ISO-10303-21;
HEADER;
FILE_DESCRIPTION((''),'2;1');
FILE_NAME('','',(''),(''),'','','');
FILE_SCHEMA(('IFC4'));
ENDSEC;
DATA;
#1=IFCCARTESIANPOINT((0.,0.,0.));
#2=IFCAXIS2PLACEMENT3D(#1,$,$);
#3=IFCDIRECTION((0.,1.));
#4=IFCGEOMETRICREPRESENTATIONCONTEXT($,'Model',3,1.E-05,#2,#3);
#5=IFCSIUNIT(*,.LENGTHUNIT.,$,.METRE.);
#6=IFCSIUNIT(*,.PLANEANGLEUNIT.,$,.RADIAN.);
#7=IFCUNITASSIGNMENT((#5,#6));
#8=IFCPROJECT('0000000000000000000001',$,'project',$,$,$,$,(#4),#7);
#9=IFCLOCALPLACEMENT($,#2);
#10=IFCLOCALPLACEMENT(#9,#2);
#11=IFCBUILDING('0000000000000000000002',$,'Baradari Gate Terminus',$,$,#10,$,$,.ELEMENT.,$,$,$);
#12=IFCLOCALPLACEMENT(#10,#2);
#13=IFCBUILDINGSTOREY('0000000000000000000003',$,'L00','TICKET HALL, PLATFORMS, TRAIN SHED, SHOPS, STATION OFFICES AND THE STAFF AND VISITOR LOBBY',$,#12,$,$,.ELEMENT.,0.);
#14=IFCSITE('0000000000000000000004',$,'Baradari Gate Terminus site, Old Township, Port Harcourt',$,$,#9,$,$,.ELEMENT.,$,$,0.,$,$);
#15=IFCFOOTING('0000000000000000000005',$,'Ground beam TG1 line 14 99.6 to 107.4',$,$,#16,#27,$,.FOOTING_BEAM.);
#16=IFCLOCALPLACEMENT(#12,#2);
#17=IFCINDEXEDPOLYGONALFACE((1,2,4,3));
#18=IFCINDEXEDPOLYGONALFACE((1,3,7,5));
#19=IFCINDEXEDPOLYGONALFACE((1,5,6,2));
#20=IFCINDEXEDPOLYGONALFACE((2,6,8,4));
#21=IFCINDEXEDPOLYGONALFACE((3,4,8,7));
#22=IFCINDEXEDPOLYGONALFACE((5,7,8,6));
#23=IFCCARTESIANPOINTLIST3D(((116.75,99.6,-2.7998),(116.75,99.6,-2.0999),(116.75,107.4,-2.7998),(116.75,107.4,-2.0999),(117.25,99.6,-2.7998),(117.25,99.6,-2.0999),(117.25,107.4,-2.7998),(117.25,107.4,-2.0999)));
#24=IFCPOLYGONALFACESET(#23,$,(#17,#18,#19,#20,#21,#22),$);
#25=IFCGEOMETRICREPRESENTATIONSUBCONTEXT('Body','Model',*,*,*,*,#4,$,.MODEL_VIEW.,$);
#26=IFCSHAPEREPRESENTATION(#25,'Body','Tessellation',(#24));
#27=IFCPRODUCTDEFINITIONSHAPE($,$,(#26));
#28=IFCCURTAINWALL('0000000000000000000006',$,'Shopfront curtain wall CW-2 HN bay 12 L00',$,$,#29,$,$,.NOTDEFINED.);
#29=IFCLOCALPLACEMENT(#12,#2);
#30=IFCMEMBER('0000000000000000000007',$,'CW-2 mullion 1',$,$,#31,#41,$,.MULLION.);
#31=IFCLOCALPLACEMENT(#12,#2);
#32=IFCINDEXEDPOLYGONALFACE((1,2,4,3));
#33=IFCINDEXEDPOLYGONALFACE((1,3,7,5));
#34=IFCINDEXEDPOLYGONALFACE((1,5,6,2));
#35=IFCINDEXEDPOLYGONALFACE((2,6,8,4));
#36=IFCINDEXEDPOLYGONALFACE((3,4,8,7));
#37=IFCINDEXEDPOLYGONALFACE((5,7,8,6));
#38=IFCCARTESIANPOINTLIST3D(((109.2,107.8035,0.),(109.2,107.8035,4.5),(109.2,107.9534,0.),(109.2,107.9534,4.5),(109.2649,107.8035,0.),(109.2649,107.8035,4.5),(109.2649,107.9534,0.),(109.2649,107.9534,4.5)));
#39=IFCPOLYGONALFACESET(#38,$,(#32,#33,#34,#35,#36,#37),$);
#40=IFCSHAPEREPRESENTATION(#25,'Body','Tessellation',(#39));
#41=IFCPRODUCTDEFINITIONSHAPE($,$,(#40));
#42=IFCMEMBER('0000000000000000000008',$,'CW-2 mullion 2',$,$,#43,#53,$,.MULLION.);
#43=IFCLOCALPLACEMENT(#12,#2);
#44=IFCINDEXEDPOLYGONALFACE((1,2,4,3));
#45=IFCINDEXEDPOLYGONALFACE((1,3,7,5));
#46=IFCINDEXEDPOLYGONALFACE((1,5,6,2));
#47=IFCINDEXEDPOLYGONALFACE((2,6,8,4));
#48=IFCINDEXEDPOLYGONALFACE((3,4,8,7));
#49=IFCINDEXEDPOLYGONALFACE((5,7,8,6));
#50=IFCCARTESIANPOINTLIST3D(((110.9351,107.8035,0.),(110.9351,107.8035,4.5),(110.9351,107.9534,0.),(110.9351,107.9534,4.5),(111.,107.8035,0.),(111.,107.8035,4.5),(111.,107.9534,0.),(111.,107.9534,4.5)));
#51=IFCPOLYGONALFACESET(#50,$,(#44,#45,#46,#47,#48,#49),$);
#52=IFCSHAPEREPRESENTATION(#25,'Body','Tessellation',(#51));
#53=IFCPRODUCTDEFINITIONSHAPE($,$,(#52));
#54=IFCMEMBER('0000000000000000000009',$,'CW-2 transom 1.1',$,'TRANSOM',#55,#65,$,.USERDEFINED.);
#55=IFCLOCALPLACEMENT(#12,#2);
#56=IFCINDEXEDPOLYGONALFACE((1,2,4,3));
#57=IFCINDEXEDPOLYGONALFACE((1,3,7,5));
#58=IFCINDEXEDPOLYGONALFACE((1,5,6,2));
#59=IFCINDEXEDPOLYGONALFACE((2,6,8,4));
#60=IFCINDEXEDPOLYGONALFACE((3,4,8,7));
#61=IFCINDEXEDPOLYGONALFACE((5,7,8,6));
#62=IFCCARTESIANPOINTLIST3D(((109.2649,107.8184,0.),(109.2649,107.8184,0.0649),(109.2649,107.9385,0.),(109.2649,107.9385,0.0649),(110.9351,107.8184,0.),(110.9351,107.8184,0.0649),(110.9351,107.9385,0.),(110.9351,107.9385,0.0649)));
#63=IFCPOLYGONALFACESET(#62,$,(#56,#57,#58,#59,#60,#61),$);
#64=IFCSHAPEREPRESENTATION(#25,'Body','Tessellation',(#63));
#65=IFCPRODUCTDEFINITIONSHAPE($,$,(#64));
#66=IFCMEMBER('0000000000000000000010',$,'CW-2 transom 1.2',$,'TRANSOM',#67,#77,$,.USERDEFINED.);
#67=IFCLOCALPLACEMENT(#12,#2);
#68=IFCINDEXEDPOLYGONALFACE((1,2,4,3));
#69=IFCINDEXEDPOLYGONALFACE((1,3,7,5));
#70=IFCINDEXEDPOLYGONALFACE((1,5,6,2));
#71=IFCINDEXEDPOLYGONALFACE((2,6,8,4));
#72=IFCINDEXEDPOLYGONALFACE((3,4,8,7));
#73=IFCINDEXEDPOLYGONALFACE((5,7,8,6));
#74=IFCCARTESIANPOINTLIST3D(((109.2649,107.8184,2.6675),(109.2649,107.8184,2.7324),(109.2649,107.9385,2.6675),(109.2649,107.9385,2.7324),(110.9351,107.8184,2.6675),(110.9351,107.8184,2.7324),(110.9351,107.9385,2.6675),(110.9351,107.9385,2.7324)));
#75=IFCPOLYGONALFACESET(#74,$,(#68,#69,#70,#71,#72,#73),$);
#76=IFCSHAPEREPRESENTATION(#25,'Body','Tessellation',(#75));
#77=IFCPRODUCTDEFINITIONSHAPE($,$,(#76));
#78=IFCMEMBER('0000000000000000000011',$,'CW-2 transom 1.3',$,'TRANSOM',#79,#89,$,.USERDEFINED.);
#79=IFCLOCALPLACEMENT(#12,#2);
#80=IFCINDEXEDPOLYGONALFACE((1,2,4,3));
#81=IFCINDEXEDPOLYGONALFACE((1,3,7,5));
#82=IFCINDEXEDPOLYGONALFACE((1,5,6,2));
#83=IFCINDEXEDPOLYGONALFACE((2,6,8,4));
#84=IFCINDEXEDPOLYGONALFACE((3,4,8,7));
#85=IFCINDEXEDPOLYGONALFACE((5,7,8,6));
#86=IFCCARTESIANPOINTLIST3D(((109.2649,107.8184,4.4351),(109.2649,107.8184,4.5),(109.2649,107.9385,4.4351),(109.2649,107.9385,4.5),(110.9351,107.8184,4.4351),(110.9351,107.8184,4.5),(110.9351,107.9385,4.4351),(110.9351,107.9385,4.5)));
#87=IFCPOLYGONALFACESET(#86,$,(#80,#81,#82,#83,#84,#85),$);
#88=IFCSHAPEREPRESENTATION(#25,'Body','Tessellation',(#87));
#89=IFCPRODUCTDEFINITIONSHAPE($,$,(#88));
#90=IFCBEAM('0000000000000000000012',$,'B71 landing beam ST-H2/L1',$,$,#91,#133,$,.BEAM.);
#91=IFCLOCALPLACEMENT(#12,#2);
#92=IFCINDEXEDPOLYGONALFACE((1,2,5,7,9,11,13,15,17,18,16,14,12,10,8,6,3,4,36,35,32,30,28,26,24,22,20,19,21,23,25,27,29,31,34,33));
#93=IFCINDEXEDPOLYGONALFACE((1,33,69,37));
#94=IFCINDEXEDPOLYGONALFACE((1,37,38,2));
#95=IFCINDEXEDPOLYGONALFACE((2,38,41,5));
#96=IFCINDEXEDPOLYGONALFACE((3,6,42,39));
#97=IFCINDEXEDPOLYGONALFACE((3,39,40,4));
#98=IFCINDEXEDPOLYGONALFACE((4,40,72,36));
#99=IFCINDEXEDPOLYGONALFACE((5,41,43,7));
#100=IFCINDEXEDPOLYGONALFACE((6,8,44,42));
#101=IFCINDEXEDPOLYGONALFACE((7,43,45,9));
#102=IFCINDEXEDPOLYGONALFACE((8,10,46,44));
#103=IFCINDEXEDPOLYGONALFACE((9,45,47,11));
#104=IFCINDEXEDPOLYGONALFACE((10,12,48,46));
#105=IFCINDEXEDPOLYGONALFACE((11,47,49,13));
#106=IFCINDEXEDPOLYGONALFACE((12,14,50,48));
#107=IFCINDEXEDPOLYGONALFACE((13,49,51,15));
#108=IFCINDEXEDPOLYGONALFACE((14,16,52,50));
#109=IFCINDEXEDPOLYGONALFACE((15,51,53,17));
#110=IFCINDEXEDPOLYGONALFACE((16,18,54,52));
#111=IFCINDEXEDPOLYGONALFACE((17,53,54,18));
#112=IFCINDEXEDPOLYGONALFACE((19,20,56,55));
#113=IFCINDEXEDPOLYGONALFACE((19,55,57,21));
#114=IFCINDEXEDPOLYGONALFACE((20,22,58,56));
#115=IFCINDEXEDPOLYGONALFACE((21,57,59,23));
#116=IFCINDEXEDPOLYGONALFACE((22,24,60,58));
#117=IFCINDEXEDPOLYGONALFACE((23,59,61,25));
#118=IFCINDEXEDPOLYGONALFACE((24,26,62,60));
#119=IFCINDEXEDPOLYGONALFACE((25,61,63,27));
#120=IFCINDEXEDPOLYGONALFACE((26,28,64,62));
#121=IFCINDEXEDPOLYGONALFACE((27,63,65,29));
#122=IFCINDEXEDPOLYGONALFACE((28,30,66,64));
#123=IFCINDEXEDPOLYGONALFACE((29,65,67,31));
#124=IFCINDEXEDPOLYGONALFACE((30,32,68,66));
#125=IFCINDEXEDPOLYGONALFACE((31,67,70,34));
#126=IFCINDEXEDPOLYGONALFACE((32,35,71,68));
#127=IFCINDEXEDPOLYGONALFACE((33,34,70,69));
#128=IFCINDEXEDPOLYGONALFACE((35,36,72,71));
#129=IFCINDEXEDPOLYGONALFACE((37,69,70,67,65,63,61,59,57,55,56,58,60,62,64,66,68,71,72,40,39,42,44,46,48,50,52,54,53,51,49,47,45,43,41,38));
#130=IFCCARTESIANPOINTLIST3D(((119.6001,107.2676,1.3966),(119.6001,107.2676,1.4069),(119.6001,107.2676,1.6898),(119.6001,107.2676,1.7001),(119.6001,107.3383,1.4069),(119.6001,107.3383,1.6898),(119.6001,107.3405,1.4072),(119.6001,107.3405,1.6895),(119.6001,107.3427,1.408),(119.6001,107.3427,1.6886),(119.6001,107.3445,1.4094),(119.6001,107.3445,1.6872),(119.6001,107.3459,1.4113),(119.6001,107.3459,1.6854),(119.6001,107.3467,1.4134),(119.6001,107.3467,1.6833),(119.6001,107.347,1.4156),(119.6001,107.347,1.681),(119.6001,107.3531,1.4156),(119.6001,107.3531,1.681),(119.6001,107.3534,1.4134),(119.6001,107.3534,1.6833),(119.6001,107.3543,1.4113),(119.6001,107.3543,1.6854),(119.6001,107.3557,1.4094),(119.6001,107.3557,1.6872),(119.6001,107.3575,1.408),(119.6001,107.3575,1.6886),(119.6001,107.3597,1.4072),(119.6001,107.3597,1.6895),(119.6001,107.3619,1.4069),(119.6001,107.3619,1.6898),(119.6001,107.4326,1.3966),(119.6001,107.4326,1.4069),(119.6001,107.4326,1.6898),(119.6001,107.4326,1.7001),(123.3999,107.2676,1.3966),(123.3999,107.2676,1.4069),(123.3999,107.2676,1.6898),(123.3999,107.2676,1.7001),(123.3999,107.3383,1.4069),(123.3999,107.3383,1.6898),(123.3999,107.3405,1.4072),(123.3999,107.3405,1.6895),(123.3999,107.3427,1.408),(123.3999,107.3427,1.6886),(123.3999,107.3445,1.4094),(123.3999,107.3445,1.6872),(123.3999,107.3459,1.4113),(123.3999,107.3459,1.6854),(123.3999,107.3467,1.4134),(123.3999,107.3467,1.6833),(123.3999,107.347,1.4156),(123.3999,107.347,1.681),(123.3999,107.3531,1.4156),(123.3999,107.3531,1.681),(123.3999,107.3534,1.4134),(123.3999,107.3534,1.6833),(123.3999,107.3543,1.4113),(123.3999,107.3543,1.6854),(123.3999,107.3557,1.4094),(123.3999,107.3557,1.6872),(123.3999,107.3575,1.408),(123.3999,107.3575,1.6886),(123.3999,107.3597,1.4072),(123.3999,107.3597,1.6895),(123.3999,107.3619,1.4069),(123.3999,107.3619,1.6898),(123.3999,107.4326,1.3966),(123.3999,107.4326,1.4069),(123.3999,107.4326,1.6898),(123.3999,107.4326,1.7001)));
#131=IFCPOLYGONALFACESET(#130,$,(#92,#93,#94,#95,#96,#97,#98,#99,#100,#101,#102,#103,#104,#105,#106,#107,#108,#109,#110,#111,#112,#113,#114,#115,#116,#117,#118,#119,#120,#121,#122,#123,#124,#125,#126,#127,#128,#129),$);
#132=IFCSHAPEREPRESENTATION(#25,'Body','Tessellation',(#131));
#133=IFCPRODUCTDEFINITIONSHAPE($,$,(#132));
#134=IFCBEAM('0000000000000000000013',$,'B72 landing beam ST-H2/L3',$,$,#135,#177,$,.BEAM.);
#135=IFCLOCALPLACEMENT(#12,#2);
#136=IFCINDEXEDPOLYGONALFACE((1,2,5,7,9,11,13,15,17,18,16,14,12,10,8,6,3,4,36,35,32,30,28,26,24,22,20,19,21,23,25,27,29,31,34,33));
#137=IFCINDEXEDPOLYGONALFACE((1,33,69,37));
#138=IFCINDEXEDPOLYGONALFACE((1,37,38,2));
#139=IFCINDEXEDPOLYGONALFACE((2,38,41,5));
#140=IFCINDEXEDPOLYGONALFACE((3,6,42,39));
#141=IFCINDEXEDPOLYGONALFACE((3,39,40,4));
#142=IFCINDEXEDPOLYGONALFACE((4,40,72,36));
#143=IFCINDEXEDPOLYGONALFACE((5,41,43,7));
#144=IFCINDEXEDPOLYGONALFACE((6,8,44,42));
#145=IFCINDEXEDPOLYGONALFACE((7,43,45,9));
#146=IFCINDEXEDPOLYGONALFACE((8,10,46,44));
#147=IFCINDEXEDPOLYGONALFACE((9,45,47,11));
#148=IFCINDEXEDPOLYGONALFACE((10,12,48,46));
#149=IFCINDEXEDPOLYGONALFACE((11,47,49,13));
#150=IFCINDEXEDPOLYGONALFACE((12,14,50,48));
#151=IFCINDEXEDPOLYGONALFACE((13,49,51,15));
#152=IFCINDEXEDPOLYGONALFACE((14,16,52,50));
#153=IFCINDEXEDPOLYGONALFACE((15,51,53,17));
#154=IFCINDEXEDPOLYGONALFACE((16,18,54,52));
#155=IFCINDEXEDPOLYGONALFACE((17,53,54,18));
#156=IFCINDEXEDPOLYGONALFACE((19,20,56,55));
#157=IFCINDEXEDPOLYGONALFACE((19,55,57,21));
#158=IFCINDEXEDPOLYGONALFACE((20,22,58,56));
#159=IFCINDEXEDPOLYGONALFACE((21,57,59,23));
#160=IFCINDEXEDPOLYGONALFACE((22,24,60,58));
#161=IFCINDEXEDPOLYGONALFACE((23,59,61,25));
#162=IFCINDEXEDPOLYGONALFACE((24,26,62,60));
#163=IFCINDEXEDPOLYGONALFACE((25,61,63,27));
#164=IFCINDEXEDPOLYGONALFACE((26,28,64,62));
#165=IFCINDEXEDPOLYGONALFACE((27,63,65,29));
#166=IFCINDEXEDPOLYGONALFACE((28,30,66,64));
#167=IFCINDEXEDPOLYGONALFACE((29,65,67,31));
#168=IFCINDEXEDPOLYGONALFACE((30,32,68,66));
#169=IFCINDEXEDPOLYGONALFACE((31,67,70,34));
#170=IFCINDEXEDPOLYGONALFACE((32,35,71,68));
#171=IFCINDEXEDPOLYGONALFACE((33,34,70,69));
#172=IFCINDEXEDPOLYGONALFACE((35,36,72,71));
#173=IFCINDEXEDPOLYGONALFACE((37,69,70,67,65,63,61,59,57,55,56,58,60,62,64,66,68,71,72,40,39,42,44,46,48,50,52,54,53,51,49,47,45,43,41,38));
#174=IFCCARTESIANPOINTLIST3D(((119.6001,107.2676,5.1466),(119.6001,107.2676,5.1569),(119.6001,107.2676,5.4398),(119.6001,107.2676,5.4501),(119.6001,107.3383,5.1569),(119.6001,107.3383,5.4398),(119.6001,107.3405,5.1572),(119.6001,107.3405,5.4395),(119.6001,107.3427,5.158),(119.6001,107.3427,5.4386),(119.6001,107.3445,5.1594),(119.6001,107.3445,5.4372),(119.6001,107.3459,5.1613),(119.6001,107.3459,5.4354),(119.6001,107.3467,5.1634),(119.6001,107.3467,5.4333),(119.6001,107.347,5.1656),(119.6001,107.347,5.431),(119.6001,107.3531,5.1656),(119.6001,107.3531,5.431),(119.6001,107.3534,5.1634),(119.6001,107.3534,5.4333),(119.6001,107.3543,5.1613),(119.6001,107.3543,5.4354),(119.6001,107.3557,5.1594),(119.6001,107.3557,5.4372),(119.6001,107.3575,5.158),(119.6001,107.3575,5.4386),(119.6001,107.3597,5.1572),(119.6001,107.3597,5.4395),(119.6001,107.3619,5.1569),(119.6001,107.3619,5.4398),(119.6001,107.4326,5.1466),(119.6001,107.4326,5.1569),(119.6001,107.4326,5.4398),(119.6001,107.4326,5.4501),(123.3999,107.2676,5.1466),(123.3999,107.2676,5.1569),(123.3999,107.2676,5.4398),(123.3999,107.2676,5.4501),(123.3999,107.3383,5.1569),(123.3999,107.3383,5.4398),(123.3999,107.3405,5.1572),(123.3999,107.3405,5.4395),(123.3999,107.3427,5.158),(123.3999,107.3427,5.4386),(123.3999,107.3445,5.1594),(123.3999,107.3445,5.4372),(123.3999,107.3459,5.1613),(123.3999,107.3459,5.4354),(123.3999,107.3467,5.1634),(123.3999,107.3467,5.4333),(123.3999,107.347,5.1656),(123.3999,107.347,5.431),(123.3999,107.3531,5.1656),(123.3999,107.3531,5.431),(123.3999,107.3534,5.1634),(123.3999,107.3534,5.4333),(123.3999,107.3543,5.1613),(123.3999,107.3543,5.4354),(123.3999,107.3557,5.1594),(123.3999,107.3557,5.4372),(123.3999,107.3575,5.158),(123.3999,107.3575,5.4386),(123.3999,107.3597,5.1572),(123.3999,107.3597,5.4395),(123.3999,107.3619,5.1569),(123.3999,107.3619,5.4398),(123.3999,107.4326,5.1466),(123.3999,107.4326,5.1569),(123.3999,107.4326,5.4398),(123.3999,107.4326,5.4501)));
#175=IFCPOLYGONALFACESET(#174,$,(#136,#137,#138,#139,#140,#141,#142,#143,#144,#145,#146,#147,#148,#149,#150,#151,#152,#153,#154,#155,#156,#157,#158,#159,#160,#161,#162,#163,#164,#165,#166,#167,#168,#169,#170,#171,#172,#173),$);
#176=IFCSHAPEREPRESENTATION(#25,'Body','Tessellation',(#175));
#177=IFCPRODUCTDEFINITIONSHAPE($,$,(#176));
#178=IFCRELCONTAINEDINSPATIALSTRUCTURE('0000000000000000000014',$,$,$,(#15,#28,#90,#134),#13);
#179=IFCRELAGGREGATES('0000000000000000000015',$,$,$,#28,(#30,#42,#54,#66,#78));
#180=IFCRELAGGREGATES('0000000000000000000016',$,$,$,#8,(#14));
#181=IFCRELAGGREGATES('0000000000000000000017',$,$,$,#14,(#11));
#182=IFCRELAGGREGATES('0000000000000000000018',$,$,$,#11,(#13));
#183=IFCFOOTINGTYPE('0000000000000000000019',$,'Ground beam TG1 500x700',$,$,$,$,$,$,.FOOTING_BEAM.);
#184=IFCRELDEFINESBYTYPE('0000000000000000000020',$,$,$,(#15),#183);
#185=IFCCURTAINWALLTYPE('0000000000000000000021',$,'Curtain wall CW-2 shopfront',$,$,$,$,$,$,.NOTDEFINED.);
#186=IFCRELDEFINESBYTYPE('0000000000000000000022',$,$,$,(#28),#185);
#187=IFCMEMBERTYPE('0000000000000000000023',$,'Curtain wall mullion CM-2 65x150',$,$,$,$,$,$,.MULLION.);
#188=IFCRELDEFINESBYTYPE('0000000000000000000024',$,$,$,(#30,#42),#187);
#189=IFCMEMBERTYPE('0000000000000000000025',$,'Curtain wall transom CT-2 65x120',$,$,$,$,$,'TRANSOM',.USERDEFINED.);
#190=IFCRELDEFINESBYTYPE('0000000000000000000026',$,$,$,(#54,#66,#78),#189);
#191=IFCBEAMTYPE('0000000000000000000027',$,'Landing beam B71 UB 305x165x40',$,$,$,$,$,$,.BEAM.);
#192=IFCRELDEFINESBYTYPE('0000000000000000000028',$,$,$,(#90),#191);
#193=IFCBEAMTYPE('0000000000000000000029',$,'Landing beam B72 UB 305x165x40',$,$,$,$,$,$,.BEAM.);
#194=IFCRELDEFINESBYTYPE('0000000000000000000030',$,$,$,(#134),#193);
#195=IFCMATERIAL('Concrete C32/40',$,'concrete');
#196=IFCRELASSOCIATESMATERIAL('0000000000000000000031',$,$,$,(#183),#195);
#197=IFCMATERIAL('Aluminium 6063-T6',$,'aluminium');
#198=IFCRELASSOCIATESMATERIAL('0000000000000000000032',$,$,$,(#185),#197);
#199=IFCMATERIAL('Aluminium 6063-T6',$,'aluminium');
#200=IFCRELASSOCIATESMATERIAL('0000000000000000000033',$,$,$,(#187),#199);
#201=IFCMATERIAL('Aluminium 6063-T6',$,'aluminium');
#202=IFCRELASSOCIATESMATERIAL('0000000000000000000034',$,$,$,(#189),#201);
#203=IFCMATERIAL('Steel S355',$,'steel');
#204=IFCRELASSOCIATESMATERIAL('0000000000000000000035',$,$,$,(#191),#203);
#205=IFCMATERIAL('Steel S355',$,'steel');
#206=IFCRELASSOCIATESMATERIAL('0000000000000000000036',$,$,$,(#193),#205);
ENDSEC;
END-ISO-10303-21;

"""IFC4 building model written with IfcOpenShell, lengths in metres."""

from ifc_helpers import new_model, si_unit, direction, frame, origin, origin_2d, place, context, subcontext, project, spatial, rectangle, i_section, extrude, material, material_profile, profile_set, type_object, element, aggregate, save


model = new_model("IFC4")

# Units and contexts
model_context = context("Model", 3, precision=1e-05, world=origin(), true_north=direction((0.0, 1.0)))
body_context = subcontext(model_context, "Body", "Model", "MODEL_VIEW")
ifc_project = project(units=[si_unit("LENGTHUNIT", "METRE"), si_unit("PLANEANGLEUNIT", "RADIAN")], contexts=[model_context])

# Site, building, storey
site_placement = place(None, origin())
site = spatial("IfcSite", under=ifc_project, at=site_placement, Name="Baradari Gate Terminus site, Old Township, Port Harcourt", CompositionType="ELEMENT", RefElevation=0.0)
building_placement = place(site_placement, origin())
building = spatial("IfcBuilding", under=site, at=building_placement, Name="Baradari Gate Terminus", CompositionType="ELEMENT")
storey_placement = place(building_placement, origin())
storey = spatial("IfcBuildingStorey", under=building, at=storey_placement, Name="L00", Description="TICKET HALL, PLATFORMS, TRAIN SHED, SHOPS, STATION OFFICES AND THE STAFF AND VISITOR LOBBY", CompositionType="ELEMENT", Elevation=0.0)

# Footing
ifc_material_1 = material(Name="Concrete C32/40", Category="concrete")
footing_type = type_object("IfcFootingType", Name="Ground beam TG1 500x700", PredefinedType="FOOTING_BEAM", material=ifc_material_1)
footing_placement = place(storey_placement, frame((117.0, 103.5, -2.7998), z_axis=(0.0, 0.0, 1.0), x_axis=(1.0, 0.0, 0.0)))
element("IfcFooting", 1, at=footing_placement, inside=storey, type_object=footing_type, Name="Ground beam TG1 line 14 99.6 to 107.4", PredefinedType="FOOTING_BEAM", context=body_context, shape_type="SweptSolid", body=[
    extrude(rectangle(XDim=0.5, YDim=7.8, at=origin_2d()), origin(), (0.0, 0.0, 1.0), 0.7),
])

# Curtain wall, members
ifc_material_2 = material(Name="Aluminium 6063-T6", Category="aluminium")
curtain_wall_type = type_object("IfcCurtainWallType", Name="Curtain wall CW-2 shopfront", PredefinedType="NOTDEFINED", material=ifc_material_2)
curtain_wall_placement = place(storey_placement, origin())
curtain_wall = element("IfcCurtainWall", 2, at=curtain_wall_placement, inside=storey, type_object=curtain_wall_type, Name="Shopfront curtain wall CW-2 HN bay 12 L00", PredefinedType="NOTDEFINED")
ifc_material_3 = material(Name="Aluminium 6063-T6", Category="aluminium")
ifc_material_profile_1 = material_profile(ifc_material_3, rectangle(XDim=0.1499, YDim=0.0649, at=origin_2d()), Name="CM-2 65X150")
ifc_profile_set_1 = profile_set([ifc_material_profile_1], Name="Aluminium 6063-T6")
member_type_1 = type_object("IfcMemberType", Name="Curtain wall mullion CM-2 65x150", PredefinedType="MULLION", material=ifc_profile_set_1)
member_1_placement = place(storey_placement, frame((109.2324, 107.8784, 0.0), z_axis=(0.0, 0.0, 1.0), x_axis=(0.0, 1.0, 0.0)))
member_1 = element("IfcMember", 3, at=member_1_placement, type_object=member_type_1, Name="CW-2 mullion 1", PredefinedType="MULLION", context=body_context, shape_type="SweptSolid", body=[
    extrude(rectangle(XDim=0.1499, YDim=0.0649, at=origin_2d()), origin(), (0.0, 0.0, 1.0), 4.5),
])
member_2_placement = place(storey_placement, frame((110.9675, 107.8784, 0.0), z_axis=(0.0, 0.0, 1.0), x_axis=(0.0, 1.0, 0.0)))
member_2 = element("IfcMember", 4, at=member_2_placement, type_object=member_type_1, Name="CW-2 mullion 2", PredefinedType="MULLION", context=body_context, shape_type="SweptSolid", body=[
    extrude(rectangle(XDim=0.1499, YDim=0.0649, at=origin_2d()), origin(), (0.0, 0.0, 1.0), 4.5),
])
ifc_material_4 = material(Name="Aluminium 6063-T6", Category="aluminium")
ifc_material_profile_2 = material_profile(ifc_material_4, rectangle(XDim=0.1201, YDim=0.0649, at=origin_2d()), Name="CT-2 65X120")
ifc_profile_set_2 = profile_set([ifc_material_profile_2], Name="Aluminium 6063-T6")
member_type_2 = type_object("IfcMemberType", Name="Curtain wall transom CT-2 65x120", ElementType="TRANSOM", PredefinedType="USERDEFINED", material=ifc_profile_set_2)
member_3_placement = place(storey_placement, frame((109.2649, 107.8784, 0.0325), z_axis=(1.0, 0.0, 0.0), x_axis=(0.0, 1.0, 0.0)))
member_3 = element("IfcMember", 5, at=member_3_placement, type_object=member_type_2, Name="CW-2 transom 1.1", ObjectType="TRANSOM", PredefinedType="USERDEFINED", context=body_context, shape_type="SweptSolid", body=[
    extrude(rectangle(XDim=0.1201, YDim=0.0649, at=origin_2d()), origin(), (0.0, 0.0, 1.0), 1.6702),
])
member_4_placement = place(storey_placement, frame((109.2649, 107.8784, 2.7), z_axis=(1.0, 0.0, 0.0), x_axis=(0.0, 1.0, 0.0)))
member_4 = element("IfcMember", 6, at=member_4_placement, type_object=member_type_2, Name="CW-2 transom 1.2", ObjectType="TRANSOM", PredefinedType="USERDEFINED", context=body_context, shape_type="SweptSolid", body=[
    extrude(rectangle(XDim=0.1201, YDim=0.0649, at=origin_2d()), origin(), (0.0, 0.0, 1.0), 1.6702),
])
member_5_placement = place(storey_placement, frame((109.2649, 107.8784, 4.4675), z_axis=(1.0, 0.0, 0.0), x_axis=(0.0, 1.0, 0.0)))
member_5 = element("IfcMember", 7, at=member_5_placement, type_object=member_type_2, Name="CW-2 transom 1.3", ObjectType="TRANSOM", PredefinedType="USERDEFINED", context=body_context, shape_type="SweptSolid", body=[
    extrude(rectangle(XDim=0.1201, YDim=0.0649, at=origin_2d()), origin(), (0.0, 0.0, 1.0), 1.6702),
])

# Beams
ifc_material_5 = material(Name="Steel S355", Category="steel")
ifc_material_profile_3 = material_profile(ifc_material_5, i_section(OverallWidth=0.165, OverallDepth=0.3035, WebThickness=0.0061, FlangeThickness=0.0103, FilletRadius=0.0088, at=origin_2d()), Name="UB 305x165x40")
ifc_profile_set_3 = profile_set([ifc_material_profile_3], Name="Steel S355")
beam_type_1 = type_object("IfcBeamType", Name="Landing beam B71 UB 305x165x40", PredefinedType="BEAM", material=ifc_profile_set_3)
beam_1_placement = place(storey_placement, frame((119.6001, 107.3501, 1.5483), z_axis=(1.0, 0.0, 0.0), x_axis=(0.0, 1.0, 0.0)))
element("IfcBeam", 8, at=beam_1_placement, inside=storey, type_object=beam_type_1, Name="B71 landing beam ST-H2/L1", PredefinedType="BEAM", context=body_context, shape_type="SweptSolid", body=[
    extrude(i_section(OverallWidth=0.165, OverallDepth=0.3035, WebThickness=0.0061, FlangeThickness=0.0103, FilletRadius=0.0088, at=origin_2d()), origin(), (0.0, 0.0, 1.0), 3.7998),
])
ifc_material_6 = material(Name="Steel S355", Category="steel")
ifc_material_profile_4 = material_profile(ifc_material_6, i_section(OverallWidth=0.165, OverallDepth=0.3035, WebThickness=0.0061, FlangeThickness=0.0103, FilletRadius=0.0088, at=origin_2d()), Name="UB 305x165x40")
ifc_profile_set_4 = profile_set([ifc_material_profile_4], Name="Steel S355")
beam_type_2 = type_object("IfcBeamType", Name="Landing beam B72 UB 305x165x40", PredefinedType="BEAM", material=ifc_profile_set_4)
beam_2_placement = place(storey_placement, frame((119.6001, 107.3501, 5.2983), z_axis=(1.0, 0.0, 0.0), x_axis=(0.0, 1.0, 0.0)))
element("IfcBeam", 9, at=beam_2_placement, inside=storey, type_object=beam_type_2, Name="B72 landing beam ST-H2/L3", PredefinedType="BEAM", context=body_context, shape_type="SweptSolid", body=[
    extrude(i_section(OverallWidth=0.165, OverallDepth=0.3035, WebThickness=0.0061, FlangeThickness=0.0103, FilletRadius=0.0088, at=origin_2d()), origin(), (0.0, 0.0, 1.0), 3.7998),
])

aggregate(curtain_wall, [member_1, member_2, member_3, member_4, member_5])

save(model, "model.ifc")
